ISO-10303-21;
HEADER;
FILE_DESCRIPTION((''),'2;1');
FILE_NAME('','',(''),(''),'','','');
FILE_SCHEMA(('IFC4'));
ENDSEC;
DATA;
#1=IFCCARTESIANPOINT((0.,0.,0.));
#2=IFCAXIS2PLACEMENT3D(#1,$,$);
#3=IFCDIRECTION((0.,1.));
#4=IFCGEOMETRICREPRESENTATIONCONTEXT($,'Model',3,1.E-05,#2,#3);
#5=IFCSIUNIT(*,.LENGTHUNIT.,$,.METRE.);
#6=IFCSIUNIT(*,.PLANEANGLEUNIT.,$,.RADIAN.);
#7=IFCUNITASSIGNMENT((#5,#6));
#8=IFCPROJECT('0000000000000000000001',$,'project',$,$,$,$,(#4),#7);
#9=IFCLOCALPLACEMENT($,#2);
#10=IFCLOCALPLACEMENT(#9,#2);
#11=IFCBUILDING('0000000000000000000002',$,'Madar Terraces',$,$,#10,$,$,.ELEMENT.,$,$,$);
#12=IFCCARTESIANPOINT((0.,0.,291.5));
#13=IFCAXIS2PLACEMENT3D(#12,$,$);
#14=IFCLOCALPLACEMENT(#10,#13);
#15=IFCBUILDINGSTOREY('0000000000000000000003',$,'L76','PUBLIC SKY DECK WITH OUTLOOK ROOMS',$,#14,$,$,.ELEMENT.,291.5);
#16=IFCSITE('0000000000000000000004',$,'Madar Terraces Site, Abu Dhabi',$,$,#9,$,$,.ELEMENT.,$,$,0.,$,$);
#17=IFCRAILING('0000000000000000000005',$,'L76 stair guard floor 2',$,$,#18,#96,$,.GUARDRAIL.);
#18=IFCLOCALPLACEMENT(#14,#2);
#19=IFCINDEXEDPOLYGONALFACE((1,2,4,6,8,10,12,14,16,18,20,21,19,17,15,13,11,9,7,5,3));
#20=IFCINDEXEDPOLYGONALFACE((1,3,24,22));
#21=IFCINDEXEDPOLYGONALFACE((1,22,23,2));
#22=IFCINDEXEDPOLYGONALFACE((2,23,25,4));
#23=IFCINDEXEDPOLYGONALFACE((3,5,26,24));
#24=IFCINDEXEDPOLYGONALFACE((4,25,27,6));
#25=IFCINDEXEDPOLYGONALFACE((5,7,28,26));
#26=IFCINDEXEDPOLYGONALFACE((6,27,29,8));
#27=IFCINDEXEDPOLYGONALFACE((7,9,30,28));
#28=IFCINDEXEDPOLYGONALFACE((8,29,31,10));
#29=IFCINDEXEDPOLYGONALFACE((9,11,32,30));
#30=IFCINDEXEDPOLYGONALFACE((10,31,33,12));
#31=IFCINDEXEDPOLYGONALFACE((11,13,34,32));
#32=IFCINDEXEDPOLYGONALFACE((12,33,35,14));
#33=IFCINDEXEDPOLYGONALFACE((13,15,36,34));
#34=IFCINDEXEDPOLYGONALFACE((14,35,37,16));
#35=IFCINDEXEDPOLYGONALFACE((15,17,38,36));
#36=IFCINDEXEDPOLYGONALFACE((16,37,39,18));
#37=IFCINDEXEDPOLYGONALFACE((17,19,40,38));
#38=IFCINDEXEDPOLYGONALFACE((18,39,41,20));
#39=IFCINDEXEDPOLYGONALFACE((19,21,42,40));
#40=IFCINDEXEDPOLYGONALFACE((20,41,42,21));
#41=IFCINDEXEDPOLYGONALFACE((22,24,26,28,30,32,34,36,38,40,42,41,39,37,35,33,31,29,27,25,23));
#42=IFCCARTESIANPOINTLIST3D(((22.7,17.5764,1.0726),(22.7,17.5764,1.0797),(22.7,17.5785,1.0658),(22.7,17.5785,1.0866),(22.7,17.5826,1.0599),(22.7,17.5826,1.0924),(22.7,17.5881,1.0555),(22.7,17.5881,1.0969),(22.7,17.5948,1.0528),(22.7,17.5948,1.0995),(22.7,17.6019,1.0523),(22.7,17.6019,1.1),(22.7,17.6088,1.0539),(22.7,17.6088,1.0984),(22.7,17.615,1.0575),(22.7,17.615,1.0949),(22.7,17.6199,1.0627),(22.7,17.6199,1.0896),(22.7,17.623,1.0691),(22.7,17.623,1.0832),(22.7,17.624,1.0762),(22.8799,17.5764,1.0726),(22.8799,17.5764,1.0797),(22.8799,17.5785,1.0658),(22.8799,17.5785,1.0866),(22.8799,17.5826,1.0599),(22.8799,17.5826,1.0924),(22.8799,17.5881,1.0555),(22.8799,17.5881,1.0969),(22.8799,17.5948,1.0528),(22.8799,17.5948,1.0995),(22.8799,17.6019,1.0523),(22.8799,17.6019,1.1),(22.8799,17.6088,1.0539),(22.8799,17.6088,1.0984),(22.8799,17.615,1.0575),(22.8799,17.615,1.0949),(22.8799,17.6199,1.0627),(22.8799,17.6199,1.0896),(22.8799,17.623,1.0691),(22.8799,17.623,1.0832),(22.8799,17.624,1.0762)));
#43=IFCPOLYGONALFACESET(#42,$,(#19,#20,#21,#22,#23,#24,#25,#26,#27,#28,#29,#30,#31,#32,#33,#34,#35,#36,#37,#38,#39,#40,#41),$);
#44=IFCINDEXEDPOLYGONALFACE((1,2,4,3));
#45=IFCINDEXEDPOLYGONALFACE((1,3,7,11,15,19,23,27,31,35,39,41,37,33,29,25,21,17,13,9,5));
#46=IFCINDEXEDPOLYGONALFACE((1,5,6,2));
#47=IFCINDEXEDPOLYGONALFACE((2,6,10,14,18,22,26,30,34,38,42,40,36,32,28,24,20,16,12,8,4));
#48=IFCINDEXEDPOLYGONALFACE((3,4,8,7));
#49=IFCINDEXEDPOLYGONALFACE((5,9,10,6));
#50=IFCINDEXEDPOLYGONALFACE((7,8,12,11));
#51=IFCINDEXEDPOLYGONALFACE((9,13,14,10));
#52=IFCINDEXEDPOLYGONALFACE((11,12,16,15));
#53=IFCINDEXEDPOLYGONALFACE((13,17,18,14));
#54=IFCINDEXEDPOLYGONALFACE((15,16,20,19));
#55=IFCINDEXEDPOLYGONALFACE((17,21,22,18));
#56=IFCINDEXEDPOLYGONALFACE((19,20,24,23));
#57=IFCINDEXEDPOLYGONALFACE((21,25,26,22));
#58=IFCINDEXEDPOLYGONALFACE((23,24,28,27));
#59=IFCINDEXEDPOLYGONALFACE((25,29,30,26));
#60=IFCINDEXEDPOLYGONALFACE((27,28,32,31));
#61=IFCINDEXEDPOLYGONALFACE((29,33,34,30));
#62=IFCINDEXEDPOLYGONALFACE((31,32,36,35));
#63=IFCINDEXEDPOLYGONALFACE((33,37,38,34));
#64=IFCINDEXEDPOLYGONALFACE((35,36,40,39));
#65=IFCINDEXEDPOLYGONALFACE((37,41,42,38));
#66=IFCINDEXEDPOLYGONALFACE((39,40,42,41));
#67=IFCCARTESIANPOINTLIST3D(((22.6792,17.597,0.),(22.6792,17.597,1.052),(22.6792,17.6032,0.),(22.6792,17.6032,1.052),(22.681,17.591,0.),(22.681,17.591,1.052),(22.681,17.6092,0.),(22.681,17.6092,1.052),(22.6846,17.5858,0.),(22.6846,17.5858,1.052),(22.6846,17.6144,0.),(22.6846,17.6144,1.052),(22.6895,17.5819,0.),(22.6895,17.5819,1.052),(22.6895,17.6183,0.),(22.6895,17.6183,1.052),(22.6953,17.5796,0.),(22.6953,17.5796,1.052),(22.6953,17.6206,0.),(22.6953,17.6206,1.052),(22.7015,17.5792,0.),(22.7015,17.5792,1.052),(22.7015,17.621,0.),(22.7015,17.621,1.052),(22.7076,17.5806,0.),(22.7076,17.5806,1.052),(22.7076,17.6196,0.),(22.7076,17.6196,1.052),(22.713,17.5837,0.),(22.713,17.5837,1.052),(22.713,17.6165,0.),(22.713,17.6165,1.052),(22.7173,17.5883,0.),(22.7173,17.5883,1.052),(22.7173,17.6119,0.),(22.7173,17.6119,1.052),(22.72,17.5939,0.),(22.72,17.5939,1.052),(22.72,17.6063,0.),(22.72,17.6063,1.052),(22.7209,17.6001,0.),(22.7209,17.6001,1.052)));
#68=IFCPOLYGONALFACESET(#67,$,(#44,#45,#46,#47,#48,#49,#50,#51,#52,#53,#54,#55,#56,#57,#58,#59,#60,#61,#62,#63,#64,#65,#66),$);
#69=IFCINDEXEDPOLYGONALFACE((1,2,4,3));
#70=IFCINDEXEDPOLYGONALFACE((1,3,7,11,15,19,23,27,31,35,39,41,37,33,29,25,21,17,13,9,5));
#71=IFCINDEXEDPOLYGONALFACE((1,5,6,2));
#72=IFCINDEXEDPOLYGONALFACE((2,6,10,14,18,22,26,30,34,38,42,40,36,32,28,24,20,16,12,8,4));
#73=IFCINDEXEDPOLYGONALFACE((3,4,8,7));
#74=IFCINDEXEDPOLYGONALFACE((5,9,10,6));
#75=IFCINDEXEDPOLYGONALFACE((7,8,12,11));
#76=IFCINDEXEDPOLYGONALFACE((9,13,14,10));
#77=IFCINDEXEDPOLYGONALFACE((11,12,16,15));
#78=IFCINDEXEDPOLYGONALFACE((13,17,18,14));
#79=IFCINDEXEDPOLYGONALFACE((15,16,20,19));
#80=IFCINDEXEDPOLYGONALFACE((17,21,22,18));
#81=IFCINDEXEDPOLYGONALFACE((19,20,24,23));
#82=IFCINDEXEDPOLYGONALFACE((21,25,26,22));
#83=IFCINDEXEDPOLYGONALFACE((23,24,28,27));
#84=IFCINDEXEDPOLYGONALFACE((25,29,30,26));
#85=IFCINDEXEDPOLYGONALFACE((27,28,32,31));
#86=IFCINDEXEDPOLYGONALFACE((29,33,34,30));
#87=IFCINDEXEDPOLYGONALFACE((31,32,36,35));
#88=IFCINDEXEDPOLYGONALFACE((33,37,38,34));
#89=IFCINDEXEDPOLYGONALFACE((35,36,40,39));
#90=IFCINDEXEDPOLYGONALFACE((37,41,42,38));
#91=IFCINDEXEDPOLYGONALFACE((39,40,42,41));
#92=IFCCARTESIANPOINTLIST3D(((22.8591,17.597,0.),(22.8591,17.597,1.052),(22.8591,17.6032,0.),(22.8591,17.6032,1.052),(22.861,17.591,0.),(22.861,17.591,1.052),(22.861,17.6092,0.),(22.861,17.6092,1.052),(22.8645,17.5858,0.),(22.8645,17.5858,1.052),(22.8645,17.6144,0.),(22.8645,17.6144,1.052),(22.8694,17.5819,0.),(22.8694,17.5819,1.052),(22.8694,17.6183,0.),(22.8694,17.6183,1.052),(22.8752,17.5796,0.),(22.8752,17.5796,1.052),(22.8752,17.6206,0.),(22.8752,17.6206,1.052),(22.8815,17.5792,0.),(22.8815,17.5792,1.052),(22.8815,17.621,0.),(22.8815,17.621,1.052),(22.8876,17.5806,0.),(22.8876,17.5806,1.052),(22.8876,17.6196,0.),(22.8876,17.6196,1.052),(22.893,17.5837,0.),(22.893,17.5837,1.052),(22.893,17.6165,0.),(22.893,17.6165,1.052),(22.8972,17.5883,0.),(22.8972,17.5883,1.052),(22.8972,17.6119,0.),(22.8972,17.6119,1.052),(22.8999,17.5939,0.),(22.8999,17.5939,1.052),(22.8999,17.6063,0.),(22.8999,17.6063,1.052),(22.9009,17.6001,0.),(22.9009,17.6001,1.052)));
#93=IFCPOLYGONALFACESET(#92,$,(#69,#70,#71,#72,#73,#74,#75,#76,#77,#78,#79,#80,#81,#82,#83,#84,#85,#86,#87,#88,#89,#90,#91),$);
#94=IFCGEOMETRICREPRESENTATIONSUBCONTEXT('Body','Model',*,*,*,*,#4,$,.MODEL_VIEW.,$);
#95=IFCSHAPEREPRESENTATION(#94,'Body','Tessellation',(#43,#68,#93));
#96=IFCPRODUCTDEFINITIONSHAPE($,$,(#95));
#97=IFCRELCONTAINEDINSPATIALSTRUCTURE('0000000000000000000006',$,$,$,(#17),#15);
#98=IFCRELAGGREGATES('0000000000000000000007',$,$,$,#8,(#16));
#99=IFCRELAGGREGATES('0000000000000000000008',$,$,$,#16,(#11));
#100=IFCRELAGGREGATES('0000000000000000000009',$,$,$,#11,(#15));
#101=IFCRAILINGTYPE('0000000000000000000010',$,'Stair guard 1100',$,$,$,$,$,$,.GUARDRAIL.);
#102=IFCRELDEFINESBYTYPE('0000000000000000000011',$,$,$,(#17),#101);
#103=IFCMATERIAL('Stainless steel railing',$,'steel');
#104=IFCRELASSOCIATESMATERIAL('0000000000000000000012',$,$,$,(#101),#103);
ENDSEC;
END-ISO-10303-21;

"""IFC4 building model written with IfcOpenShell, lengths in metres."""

from ifc_helpers import new_model, si_unit, direction, frame, origin, origin_2d, place, context, subcontext, project, spatial, circle, extrude, material, type_object, element, save


model = new_model("IFC4")

# Units and contexts
model_context = context("Model", 3, precision=1e-05, world=origin(), true_north=direction((0.0, 1.0)))
body_context = subcontext(model_context, "Body", "Model", "MODEL_VIEW")
ifc_project = project(units=[si_unit("LENGTHUNIT", "METRE"), si_unit("PLANEANGLEUNIT", "RADIAN")], contexts=[model_context])

# Site, building, storey
site_placement = place(None, origin())
site = spatial("IfcSite", under=ifc_project, at=site_placement, Name="Madar Terraces Site, Abu Dhabi", CompositionType="ELEMENT", RefElevation=0.0)
building_placement = place(site_placement, origin())
building = spatial("IfcBuilding", under=site, at=building_placement, Name="Madar Terraces", CompositionType="ELEMENT")
storey_placement = place(building_placement, frame((0.0, 0.0, 291.5)))
storey = spatial("IfcBuildingStorey", under=building, at=storey_placement, Name="L76", Description="PUBLIC SKY DECK WITH OUTLOOK ROOMS", CompositionType="ELEMENT", Elevation=291.5)

# Railing
ifc_material_1 = material(Name="Stainless steel railing", Category="steel")
railing_type_1 = type_object("IfcRailingType", Name="Stair guard 1100", PredefinedType="GUARDRAIL", material=ifc_material_1)
for number, where, name in (
    (1, (22.7, 17.6001, 0.0), "L76 stair guard floor 2"),
):
    element("IfcRailing", number, at=place(storey_placement, frame(where)), inside=storey, type_object=railing_type_1, Name=name, PredefinedType="GUARDRAIL", context=body_context, shape_type="SweptSolid", body=[
        extrude(circle(Radius=0.0239, at=origin_2d()), frame((0.0, 0.0, 1.0762), z_axis=(1.0, 0.0, 0.0), x_axis=(0.0, 1.0, 0.0)), (0.0, 0.0, 1.0), 0.1799),
        extrude(circle(Radius=0.021, at=origin_2d()), origin(), (0.0, 0.0, 1.0), 1.052),
        extrude(circle(Radius=0.021, at=origin_2d()), frame((0.1799, 0.0, 0.0)), (0.0, 0.0, 1.0), 1.052),
    ])

save(model, "model.ifc")
